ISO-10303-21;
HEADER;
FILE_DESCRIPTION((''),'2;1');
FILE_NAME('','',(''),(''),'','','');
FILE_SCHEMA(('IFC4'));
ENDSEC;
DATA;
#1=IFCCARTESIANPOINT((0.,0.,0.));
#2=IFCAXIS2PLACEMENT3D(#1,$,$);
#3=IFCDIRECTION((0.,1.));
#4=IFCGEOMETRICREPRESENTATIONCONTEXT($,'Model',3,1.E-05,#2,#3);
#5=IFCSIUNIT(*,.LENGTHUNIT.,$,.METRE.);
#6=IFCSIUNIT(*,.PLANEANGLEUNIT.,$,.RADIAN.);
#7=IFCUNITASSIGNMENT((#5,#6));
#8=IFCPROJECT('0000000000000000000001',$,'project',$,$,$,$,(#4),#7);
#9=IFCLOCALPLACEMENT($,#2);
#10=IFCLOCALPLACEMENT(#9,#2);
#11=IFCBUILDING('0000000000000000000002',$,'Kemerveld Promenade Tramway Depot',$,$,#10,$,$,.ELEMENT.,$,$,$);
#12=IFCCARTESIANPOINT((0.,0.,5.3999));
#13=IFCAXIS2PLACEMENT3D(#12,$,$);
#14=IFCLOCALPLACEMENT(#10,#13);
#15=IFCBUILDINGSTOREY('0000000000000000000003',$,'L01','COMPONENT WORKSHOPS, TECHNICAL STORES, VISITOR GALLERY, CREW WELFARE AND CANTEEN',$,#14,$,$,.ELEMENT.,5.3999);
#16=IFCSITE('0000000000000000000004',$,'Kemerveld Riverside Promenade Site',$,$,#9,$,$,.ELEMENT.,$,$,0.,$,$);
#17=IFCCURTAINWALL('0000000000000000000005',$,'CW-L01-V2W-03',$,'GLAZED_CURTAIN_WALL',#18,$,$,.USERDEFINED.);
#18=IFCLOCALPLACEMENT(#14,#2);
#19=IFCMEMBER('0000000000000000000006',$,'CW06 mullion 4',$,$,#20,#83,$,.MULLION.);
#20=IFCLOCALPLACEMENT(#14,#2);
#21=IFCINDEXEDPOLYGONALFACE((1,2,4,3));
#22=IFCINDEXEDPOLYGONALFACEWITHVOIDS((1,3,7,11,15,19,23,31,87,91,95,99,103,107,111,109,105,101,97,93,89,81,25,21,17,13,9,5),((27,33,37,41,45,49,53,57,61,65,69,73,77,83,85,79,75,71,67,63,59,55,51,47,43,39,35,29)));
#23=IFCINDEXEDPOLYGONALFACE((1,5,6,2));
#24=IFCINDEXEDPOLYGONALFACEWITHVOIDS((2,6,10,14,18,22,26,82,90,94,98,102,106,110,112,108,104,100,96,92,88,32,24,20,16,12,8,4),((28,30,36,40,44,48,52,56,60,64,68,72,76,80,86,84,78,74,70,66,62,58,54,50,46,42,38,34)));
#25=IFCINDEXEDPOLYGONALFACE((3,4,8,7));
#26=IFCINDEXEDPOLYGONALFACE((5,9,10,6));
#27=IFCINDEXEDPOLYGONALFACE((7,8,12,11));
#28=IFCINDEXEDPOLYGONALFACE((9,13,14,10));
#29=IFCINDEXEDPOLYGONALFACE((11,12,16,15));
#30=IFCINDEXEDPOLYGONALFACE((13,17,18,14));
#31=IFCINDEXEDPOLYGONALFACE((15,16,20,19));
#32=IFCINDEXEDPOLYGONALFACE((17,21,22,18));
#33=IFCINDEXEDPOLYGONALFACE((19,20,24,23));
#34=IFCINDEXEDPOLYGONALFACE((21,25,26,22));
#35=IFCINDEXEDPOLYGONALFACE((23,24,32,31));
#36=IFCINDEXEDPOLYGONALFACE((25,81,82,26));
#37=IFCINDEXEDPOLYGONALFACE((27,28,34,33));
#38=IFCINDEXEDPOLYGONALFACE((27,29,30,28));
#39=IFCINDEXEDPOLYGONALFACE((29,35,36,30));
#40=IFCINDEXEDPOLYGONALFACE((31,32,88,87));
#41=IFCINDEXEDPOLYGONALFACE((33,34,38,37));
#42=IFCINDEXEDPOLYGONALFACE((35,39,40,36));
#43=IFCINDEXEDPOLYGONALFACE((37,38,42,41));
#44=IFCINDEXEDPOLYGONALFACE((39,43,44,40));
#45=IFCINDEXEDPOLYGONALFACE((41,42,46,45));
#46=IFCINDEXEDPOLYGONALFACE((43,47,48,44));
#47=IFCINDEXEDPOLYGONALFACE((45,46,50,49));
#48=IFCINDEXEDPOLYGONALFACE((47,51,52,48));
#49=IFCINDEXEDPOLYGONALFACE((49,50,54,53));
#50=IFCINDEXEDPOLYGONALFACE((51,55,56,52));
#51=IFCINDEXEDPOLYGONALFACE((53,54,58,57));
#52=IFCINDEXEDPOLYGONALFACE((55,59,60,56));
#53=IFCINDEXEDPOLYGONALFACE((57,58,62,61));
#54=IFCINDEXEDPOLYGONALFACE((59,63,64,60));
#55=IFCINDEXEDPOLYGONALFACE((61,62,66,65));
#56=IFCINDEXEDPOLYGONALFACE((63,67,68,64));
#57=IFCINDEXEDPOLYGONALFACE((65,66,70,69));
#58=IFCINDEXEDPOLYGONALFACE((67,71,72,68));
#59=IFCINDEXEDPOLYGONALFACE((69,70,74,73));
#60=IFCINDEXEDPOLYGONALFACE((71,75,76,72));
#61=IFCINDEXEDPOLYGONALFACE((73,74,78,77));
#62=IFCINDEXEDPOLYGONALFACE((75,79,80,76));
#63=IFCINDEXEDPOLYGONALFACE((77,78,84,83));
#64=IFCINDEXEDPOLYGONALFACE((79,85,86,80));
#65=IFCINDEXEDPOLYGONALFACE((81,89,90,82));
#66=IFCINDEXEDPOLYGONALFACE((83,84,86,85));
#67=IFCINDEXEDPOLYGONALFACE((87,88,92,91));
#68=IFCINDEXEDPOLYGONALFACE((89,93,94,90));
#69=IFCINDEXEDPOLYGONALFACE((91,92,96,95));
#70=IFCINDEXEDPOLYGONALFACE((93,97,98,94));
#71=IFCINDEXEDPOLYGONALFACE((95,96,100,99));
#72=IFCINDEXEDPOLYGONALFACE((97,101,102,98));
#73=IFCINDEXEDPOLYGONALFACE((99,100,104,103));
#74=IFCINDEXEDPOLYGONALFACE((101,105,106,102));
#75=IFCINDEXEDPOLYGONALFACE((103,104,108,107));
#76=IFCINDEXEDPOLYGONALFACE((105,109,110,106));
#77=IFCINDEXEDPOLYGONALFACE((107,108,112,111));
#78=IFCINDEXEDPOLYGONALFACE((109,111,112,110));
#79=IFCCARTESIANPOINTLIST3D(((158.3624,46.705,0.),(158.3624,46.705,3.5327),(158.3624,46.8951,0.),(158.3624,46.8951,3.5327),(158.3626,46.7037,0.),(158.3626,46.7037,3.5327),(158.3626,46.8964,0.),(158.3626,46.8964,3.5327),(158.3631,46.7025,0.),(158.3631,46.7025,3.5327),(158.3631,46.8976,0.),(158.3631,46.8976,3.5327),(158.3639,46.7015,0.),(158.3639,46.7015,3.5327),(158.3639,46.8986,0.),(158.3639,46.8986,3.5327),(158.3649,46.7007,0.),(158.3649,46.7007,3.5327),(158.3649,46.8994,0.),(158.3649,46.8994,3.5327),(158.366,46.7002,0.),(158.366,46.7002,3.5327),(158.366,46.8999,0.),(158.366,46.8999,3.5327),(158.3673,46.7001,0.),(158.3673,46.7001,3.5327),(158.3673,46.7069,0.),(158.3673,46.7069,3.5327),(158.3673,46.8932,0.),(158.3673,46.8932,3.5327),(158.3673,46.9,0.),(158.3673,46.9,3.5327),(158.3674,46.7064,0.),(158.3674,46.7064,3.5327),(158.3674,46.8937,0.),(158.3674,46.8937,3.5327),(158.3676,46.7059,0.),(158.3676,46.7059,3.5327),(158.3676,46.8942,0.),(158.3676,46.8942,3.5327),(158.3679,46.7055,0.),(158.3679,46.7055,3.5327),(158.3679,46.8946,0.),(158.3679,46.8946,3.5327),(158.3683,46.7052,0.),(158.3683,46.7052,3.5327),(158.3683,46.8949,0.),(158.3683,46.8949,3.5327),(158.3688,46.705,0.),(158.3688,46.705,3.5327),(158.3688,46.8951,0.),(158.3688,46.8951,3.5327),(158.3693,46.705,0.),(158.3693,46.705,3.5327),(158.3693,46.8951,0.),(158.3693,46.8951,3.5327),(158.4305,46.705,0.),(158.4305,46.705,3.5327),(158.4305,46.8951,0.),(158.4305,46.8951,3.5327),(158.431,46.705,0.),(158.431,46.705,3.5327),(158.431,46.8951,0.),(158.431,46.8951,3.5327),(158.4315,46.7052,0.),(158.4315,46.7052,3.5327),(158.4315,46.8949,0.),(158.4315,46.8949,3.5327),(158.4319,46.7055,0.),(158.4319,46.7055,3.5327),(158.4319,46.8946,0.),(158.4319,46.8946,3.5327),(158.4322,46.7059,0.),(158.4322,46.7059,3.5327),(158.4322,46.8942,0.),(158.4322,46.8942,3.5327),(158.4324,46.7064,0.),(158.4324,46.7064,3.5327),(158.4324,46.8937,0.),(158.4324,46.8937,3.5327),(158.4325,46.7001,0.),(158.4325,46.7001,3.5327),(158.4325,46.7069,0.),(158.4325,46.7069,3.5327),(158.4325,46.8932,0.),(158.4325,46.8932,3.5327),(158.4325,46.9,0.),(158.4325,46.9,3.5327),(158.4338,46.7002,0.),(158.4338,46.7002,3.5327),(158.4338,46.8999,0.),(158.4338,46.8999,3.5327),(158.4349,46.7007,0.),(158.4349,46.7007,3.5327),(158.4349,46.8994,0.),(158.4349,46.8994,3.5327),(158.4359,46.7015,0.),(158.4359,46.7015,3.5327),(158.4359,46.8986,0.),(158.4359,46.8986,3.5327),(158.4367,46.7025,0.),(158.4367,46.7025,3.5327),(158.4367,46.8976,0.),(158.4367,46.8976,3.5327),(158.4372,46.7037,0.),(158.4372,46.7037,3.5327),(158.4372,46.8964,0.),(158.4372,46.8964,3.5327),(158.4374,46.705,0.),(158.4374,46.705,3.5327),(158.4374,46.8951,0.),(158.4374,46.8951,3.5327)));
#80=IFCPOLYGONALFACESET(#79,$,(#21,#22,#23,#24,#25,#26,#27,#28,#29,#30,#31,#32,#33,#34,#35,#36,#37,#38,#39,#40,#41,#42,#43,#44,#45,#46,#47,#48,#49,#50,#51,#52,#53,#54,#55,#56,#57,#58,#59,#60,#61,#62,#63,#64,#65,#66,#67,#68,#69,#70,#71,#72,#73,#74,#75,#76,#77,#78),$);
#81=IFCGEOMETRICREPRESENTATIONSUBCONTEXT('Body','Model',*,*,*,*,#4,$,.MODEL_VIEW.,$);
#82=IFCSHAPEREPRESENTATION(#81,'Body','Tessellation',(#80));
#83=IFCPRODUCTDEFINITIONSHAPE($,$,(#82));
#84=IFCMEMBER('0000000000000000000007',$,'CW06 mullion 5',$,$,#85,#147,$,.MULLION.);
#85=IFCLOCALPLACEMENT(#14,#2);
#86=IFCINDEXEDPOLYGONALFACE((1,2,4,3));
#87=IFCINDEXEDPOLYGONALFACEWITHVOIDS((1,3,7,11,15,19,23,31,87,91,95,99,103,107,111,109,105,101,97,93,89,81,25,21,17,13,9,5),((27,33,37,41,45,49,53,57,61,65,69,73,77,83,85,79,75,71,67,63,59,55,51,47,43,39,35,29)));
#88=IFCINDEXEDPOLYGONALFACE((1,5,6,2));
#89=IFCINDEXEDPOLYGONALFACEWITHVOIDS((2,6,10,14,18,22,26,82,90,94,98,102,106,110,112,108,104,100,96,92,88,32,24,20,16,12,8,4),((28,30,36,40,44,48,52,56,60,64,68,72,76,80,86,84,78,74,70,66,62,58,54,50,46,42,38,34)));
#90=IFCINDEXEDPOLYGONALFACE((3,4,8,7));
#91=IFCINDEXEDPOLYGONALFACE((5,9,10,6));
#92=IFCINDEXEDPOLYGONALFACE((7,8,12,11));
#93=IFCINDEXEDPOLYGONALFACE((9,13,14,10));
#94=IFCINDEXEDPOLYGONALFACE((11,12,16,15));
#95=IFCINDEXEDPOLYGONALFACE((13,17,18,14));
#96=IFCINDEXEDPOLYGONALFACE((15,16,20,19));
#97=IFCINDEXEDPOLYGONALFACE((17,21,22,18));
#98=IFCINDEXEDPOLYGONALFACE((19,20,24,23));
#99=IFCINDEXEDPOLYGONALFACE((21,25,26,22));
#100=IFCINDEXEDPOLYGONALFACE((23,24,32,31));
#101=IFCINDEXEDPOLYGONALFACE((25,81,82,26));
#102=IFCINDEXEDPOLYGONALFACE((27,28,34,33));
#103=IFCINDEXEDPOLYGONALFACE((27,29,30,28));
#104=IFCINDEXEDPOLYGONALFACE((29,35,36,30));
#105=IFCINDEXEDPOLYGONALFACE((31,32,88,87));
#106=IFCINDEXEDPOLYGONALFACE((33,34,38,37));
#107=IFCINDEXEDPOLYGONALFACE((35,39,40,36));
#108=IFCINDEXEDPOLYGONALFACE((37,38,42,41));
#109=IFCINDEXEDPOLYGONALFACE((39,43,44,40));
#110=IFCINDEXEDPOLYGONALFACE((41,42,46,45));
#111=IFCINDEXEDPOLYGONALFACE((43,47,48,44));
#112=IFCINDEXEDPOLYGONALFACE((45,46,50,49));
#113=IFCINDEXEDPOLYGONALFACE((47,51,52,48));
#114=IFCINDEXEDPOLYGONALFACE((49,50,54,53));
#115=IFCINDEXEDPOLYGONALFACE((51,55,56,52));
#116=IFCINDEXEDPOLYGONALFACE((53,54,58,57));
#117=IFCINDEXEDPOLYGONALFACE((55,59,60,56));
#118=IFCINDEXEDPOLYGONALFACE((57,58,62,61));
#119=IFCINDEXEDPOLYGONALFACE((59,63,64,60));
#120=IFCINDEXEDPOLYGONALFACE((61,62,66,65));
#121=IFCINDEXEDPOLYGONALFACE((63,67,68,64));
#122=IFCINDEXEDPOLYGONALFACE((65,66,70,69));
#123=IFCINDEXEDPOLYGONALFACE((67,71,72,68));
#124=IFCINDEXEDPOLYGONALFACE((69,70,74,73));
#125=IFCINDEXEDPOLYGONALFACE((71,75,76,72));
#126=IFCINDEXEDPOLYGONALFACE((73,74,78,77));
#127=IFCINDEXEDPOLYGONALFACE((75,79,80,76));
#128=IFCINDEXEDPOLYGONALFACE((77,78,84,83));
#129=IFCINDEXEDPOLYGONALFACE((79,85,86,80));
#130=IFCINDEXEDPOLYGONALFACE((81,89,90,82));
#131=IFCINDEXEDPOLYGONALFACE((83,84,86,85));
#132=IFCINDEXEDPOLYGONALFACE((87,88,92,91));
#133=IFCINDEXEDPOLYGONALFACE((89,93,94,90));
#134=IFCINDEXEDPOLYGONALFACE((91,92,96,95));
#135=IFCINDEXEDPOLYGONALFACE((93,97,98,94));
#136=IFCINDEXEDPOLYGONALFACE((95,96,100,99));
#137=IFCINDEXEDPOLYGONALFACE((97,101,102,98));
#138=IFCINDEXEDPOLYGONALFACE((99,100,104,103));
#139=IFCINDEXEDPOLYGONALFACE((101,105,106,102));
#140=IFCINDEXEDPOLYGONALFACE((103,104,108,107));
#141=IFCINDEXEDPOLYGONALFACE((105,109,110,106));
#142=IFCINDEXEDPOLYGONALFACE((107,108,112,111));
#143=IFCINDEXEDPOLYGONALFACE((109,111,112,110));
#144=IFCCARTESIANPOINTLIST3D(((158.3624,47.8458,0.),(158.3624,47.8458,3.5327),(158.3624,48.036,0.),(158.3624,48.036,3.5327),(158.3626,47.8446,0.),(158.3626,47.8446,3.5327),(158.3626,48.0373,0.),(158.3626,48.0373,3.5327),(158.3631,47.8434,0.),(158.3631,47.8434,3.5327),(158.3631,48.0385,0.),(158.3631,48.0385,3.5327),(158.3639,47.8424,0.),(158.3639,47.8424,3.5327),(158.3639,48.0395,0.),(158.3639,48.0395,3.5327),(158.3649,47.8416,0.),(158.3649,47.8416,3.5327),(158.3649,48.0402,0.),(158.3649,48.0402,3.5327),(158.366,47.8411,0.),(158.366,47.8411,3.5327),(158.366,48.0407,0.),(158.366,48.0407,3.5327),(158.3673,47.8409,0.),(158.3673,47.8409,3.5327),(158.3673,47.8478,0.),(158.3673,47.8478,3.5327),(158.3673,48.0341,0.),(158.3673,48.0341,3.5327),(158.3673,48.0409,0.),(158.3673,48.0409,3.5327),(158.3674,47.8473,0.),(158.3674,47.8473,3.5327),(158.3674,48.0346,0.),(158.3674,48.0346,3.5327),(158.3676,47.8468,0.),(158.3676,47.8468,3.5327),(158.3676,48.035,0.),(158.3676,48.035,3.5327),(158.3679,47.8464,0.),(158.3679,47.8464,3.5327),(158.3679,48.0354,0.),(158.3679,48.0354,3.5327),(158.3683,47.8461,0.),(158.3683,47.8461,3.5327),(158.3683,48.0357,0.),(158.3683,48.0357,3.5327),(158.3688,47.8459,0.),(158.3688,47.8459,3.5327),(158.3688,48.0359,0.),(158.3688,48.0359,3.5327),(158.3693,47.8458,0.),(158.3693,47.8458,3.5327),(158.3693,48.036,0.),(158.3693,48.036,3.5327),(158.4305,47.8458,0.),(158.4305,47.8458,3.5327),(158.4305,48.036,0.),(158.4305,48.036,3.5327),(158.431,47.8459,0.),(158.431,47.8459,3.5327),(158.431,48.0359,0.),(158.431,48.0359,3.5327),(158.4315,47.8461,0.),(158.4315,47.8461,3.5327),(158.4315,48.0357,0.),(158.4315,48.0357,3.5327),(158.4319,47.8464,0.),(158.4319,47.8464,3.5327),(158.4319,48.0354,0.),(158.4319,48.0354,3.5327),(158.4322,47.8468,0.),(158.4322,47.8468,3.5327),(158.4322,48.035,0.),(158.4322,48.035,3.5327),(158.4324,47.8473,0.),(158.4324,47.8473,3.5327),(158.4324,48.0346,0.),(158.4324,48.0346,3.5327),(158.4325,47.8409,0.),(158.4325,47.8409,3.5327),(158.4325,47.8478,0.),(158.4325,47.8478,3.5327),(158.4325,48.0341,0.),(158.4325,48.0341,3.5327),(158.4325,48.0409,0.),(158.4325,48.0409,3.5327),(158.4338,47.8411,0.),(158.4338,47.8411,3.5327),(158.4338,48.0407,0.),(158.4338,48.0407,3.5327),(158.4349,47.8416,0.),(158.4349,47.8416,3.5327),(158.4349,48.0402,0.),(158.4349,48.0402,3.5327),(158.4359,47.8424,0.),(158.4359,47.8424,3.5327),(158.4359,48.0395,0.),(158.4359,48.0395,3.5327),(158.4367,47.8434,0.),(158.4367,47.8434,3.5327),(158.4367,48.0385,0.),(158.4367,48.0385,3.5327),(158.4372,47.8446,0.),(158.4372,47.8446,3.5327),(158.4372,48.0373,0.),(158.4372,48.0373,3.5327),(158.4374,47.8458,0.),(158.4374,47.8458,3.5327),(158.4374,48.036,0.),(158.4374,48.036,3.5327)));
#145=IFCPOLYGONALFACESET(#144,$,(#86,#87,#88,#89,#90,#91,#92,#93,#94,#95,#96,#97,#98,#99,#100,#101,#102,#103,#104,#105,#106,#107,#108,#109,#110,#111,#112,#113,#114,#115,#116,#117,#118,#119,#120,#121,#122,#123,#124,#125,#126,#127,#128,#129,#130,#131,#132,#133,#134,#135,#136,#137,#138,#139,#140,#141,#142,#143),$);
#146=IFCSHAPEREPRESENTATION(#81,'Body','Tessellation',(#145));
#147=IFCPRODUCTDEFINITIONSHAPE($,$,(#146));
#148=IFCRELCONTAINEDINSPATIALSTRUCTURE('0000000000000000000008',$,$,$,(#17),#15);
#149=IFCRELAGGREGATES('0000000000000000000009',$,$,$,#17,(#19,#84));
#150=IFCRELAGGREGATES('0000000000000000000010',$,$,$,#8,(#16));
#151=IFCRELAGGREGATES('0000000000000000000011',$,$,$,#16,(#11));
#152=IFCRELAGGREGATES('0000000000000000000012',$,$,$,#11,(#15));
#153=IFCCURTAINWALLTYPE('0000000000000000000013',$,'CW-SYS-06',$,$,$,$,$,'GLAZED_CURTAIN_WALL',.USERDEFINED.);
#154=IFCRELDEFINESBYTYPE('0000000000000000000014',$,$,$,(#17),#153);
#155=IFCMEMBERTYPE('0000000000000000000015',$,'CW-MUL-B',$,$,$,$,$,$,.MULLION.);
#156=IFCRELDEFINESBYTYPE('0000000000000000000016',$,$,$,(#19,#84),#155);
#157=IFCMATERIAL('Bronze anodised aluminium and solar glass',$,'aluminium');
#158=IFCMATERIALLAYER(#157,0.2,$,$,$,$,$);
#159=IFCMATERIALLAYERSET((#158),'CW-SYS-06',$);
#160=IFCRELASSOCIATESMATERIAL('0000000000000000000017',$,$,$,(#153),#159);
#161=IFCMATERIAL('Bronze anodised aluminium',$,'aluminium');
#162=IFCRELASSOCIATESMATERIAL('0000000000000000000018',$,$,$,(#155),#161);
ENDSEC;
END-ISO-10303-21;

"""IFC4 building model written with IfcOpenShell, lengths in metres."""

from ifc_helpers import new_model, si_unit, direction, frame, origin, origin_2d, place, context, subcontext, project, spatial, hollow_rectangle, extrude, material, layer, layer_set, material_profile, profile_set, type_object, element, aggregate, save


model = new_model("IFC4")

# Units and contexts
model_context = context("Model", 3, precision=1e-05, world=origin(), true_north=direction((0.0, 1.0)))
body_context = subcontext(model_context, "Body", "Model", "MODEL_VIEW")
ifc_project = project(units=[si_unit("LENGTHUNIT", "METRE"), si_unit("PLANEANGLEUNIT", "RADIAN")], contexts=[model_context])

# Site, building, storey
site_placement = place(None, origin())
site = spatial("IfcSite", under=ifc_project, at=site_placement, Name="Kemerveld Riverside Promenade Site", CompositionType="ELEMENT", RefElevation=0.0)
building_placement = place(site_placement, origin())
building = spatial("IfcBuilding", under=site, at=building_placement, Name="Kemerveld Promenade Tramway Depot", CompositionType="ELEMENT")
storey_placement = place(building_placement, frame((0.0, 0.0, 5.3999)))
storey = spatial("IfcBuildingStorey", under=building, at=storey_placement, Name="L01", Description="COMPONENT WORKSHOPS, TECHNICAL STORES, VISITOR GALLERY, CREW WELFARE AND CANTEEN", CompositionType="ELEMENT", Elevation=5.3999)

# Curtain wall, members
ifc_material_1 = material(Name="Bronze anodised aluminium and solar glass", Category="aluminium")
ifc_layer_1 = layer(ifc_material_1, 0.2)
ifc_layer_set_1 = layer_set([ifc_layer_1], Name="CW-SYS-06")
curtain_wall_type = type_object("IfcCurtainWallType", Name="CW-SYS-06", ElementType="GLAZED_CURTAIN_WALL", PredefinedType="USERDEFINED", material=ifc_layer_set_1)
curtain_wall_placement = place(storey_placement, origin())
curtain_wall = element("IfcCurtainWall", 1, at=curtain_wall_placement, inside=storey, type_object=curtain_wall_type, Name="CW-L01-V2W-03", ObjectType="GLAZED_CURTAIN_WALL", PredefinedType="USERDEFINED")
ifc_material_2 = material(Name="Bronze anodised aluminium", Category="aluminium")
ifc_material_profile_1 = material_profile(ifc_material_2, hollow_rectangle(XDim=0.075, YDim=0.2, WallThickness=0.0049, InnerFilletRadius=0.002, OuterFilletRadius=0.0049, at=origin_2d()), Name="CW-MUL-200x75")
ifc_profile_set_1 = profile_set([ifc_material_profile_1], Name="Bronze anodised aluminium")
member_type_1 = type_object("IfcMemberType", Name="CW-MUL-B", PredefinedType="MULLION", material=ifc_profile_set_1)
member_1_placement = place(storey_placement, frame((158.3999, 46.8, 0.0), z_axis=(0.0, 0.0, 1.0), x_axis=(-1.0, 0.0, 0.0)))
member_1 = element("IfcMember", 2, at=member_1_placement, type_object=member_type_1, Name="CW06 mullion 4", PredefinedType="MULLION", context=body_context, shape_type="SweptSolid", body=[
    extrude(hollow_rectangle(XDim=0.075, YDim=0.2, WallThickness=0.0049, InnerFilletRadius=0.002, OuterFilletRadius=0.0049, at=origin_2d()), origin(), (0.0, 0.0, 1.0), 3.5327),
])
member_2_placement = place(storey_placement, frame((158.3999, 47.9409, 0.0), z_axis=(0.0, 0.0, 1.0), x_axis=(-1.0, 0.0, 0.0)))
member_2 = element("IfcMember", 3, at=member_2_placement, type_object=member_type_1, Name="CW06 mullion 5", PredefinedType="MULLION", context=body_context, shape_type="SweptSolid", body=[
    extrude(hollow_rectangle(XDim=0.075, YDim=0.2, WallThickness=0.0049, InnerFilletRadius=0.002, OuterFilletRadius=0.0049, at=origin_2d()), origin(), (0.0, 0.0, 1.0), 3.5327),
])
aggregate(curtain_wall, [member_1, member_2])

save(model, "model.ifc")
